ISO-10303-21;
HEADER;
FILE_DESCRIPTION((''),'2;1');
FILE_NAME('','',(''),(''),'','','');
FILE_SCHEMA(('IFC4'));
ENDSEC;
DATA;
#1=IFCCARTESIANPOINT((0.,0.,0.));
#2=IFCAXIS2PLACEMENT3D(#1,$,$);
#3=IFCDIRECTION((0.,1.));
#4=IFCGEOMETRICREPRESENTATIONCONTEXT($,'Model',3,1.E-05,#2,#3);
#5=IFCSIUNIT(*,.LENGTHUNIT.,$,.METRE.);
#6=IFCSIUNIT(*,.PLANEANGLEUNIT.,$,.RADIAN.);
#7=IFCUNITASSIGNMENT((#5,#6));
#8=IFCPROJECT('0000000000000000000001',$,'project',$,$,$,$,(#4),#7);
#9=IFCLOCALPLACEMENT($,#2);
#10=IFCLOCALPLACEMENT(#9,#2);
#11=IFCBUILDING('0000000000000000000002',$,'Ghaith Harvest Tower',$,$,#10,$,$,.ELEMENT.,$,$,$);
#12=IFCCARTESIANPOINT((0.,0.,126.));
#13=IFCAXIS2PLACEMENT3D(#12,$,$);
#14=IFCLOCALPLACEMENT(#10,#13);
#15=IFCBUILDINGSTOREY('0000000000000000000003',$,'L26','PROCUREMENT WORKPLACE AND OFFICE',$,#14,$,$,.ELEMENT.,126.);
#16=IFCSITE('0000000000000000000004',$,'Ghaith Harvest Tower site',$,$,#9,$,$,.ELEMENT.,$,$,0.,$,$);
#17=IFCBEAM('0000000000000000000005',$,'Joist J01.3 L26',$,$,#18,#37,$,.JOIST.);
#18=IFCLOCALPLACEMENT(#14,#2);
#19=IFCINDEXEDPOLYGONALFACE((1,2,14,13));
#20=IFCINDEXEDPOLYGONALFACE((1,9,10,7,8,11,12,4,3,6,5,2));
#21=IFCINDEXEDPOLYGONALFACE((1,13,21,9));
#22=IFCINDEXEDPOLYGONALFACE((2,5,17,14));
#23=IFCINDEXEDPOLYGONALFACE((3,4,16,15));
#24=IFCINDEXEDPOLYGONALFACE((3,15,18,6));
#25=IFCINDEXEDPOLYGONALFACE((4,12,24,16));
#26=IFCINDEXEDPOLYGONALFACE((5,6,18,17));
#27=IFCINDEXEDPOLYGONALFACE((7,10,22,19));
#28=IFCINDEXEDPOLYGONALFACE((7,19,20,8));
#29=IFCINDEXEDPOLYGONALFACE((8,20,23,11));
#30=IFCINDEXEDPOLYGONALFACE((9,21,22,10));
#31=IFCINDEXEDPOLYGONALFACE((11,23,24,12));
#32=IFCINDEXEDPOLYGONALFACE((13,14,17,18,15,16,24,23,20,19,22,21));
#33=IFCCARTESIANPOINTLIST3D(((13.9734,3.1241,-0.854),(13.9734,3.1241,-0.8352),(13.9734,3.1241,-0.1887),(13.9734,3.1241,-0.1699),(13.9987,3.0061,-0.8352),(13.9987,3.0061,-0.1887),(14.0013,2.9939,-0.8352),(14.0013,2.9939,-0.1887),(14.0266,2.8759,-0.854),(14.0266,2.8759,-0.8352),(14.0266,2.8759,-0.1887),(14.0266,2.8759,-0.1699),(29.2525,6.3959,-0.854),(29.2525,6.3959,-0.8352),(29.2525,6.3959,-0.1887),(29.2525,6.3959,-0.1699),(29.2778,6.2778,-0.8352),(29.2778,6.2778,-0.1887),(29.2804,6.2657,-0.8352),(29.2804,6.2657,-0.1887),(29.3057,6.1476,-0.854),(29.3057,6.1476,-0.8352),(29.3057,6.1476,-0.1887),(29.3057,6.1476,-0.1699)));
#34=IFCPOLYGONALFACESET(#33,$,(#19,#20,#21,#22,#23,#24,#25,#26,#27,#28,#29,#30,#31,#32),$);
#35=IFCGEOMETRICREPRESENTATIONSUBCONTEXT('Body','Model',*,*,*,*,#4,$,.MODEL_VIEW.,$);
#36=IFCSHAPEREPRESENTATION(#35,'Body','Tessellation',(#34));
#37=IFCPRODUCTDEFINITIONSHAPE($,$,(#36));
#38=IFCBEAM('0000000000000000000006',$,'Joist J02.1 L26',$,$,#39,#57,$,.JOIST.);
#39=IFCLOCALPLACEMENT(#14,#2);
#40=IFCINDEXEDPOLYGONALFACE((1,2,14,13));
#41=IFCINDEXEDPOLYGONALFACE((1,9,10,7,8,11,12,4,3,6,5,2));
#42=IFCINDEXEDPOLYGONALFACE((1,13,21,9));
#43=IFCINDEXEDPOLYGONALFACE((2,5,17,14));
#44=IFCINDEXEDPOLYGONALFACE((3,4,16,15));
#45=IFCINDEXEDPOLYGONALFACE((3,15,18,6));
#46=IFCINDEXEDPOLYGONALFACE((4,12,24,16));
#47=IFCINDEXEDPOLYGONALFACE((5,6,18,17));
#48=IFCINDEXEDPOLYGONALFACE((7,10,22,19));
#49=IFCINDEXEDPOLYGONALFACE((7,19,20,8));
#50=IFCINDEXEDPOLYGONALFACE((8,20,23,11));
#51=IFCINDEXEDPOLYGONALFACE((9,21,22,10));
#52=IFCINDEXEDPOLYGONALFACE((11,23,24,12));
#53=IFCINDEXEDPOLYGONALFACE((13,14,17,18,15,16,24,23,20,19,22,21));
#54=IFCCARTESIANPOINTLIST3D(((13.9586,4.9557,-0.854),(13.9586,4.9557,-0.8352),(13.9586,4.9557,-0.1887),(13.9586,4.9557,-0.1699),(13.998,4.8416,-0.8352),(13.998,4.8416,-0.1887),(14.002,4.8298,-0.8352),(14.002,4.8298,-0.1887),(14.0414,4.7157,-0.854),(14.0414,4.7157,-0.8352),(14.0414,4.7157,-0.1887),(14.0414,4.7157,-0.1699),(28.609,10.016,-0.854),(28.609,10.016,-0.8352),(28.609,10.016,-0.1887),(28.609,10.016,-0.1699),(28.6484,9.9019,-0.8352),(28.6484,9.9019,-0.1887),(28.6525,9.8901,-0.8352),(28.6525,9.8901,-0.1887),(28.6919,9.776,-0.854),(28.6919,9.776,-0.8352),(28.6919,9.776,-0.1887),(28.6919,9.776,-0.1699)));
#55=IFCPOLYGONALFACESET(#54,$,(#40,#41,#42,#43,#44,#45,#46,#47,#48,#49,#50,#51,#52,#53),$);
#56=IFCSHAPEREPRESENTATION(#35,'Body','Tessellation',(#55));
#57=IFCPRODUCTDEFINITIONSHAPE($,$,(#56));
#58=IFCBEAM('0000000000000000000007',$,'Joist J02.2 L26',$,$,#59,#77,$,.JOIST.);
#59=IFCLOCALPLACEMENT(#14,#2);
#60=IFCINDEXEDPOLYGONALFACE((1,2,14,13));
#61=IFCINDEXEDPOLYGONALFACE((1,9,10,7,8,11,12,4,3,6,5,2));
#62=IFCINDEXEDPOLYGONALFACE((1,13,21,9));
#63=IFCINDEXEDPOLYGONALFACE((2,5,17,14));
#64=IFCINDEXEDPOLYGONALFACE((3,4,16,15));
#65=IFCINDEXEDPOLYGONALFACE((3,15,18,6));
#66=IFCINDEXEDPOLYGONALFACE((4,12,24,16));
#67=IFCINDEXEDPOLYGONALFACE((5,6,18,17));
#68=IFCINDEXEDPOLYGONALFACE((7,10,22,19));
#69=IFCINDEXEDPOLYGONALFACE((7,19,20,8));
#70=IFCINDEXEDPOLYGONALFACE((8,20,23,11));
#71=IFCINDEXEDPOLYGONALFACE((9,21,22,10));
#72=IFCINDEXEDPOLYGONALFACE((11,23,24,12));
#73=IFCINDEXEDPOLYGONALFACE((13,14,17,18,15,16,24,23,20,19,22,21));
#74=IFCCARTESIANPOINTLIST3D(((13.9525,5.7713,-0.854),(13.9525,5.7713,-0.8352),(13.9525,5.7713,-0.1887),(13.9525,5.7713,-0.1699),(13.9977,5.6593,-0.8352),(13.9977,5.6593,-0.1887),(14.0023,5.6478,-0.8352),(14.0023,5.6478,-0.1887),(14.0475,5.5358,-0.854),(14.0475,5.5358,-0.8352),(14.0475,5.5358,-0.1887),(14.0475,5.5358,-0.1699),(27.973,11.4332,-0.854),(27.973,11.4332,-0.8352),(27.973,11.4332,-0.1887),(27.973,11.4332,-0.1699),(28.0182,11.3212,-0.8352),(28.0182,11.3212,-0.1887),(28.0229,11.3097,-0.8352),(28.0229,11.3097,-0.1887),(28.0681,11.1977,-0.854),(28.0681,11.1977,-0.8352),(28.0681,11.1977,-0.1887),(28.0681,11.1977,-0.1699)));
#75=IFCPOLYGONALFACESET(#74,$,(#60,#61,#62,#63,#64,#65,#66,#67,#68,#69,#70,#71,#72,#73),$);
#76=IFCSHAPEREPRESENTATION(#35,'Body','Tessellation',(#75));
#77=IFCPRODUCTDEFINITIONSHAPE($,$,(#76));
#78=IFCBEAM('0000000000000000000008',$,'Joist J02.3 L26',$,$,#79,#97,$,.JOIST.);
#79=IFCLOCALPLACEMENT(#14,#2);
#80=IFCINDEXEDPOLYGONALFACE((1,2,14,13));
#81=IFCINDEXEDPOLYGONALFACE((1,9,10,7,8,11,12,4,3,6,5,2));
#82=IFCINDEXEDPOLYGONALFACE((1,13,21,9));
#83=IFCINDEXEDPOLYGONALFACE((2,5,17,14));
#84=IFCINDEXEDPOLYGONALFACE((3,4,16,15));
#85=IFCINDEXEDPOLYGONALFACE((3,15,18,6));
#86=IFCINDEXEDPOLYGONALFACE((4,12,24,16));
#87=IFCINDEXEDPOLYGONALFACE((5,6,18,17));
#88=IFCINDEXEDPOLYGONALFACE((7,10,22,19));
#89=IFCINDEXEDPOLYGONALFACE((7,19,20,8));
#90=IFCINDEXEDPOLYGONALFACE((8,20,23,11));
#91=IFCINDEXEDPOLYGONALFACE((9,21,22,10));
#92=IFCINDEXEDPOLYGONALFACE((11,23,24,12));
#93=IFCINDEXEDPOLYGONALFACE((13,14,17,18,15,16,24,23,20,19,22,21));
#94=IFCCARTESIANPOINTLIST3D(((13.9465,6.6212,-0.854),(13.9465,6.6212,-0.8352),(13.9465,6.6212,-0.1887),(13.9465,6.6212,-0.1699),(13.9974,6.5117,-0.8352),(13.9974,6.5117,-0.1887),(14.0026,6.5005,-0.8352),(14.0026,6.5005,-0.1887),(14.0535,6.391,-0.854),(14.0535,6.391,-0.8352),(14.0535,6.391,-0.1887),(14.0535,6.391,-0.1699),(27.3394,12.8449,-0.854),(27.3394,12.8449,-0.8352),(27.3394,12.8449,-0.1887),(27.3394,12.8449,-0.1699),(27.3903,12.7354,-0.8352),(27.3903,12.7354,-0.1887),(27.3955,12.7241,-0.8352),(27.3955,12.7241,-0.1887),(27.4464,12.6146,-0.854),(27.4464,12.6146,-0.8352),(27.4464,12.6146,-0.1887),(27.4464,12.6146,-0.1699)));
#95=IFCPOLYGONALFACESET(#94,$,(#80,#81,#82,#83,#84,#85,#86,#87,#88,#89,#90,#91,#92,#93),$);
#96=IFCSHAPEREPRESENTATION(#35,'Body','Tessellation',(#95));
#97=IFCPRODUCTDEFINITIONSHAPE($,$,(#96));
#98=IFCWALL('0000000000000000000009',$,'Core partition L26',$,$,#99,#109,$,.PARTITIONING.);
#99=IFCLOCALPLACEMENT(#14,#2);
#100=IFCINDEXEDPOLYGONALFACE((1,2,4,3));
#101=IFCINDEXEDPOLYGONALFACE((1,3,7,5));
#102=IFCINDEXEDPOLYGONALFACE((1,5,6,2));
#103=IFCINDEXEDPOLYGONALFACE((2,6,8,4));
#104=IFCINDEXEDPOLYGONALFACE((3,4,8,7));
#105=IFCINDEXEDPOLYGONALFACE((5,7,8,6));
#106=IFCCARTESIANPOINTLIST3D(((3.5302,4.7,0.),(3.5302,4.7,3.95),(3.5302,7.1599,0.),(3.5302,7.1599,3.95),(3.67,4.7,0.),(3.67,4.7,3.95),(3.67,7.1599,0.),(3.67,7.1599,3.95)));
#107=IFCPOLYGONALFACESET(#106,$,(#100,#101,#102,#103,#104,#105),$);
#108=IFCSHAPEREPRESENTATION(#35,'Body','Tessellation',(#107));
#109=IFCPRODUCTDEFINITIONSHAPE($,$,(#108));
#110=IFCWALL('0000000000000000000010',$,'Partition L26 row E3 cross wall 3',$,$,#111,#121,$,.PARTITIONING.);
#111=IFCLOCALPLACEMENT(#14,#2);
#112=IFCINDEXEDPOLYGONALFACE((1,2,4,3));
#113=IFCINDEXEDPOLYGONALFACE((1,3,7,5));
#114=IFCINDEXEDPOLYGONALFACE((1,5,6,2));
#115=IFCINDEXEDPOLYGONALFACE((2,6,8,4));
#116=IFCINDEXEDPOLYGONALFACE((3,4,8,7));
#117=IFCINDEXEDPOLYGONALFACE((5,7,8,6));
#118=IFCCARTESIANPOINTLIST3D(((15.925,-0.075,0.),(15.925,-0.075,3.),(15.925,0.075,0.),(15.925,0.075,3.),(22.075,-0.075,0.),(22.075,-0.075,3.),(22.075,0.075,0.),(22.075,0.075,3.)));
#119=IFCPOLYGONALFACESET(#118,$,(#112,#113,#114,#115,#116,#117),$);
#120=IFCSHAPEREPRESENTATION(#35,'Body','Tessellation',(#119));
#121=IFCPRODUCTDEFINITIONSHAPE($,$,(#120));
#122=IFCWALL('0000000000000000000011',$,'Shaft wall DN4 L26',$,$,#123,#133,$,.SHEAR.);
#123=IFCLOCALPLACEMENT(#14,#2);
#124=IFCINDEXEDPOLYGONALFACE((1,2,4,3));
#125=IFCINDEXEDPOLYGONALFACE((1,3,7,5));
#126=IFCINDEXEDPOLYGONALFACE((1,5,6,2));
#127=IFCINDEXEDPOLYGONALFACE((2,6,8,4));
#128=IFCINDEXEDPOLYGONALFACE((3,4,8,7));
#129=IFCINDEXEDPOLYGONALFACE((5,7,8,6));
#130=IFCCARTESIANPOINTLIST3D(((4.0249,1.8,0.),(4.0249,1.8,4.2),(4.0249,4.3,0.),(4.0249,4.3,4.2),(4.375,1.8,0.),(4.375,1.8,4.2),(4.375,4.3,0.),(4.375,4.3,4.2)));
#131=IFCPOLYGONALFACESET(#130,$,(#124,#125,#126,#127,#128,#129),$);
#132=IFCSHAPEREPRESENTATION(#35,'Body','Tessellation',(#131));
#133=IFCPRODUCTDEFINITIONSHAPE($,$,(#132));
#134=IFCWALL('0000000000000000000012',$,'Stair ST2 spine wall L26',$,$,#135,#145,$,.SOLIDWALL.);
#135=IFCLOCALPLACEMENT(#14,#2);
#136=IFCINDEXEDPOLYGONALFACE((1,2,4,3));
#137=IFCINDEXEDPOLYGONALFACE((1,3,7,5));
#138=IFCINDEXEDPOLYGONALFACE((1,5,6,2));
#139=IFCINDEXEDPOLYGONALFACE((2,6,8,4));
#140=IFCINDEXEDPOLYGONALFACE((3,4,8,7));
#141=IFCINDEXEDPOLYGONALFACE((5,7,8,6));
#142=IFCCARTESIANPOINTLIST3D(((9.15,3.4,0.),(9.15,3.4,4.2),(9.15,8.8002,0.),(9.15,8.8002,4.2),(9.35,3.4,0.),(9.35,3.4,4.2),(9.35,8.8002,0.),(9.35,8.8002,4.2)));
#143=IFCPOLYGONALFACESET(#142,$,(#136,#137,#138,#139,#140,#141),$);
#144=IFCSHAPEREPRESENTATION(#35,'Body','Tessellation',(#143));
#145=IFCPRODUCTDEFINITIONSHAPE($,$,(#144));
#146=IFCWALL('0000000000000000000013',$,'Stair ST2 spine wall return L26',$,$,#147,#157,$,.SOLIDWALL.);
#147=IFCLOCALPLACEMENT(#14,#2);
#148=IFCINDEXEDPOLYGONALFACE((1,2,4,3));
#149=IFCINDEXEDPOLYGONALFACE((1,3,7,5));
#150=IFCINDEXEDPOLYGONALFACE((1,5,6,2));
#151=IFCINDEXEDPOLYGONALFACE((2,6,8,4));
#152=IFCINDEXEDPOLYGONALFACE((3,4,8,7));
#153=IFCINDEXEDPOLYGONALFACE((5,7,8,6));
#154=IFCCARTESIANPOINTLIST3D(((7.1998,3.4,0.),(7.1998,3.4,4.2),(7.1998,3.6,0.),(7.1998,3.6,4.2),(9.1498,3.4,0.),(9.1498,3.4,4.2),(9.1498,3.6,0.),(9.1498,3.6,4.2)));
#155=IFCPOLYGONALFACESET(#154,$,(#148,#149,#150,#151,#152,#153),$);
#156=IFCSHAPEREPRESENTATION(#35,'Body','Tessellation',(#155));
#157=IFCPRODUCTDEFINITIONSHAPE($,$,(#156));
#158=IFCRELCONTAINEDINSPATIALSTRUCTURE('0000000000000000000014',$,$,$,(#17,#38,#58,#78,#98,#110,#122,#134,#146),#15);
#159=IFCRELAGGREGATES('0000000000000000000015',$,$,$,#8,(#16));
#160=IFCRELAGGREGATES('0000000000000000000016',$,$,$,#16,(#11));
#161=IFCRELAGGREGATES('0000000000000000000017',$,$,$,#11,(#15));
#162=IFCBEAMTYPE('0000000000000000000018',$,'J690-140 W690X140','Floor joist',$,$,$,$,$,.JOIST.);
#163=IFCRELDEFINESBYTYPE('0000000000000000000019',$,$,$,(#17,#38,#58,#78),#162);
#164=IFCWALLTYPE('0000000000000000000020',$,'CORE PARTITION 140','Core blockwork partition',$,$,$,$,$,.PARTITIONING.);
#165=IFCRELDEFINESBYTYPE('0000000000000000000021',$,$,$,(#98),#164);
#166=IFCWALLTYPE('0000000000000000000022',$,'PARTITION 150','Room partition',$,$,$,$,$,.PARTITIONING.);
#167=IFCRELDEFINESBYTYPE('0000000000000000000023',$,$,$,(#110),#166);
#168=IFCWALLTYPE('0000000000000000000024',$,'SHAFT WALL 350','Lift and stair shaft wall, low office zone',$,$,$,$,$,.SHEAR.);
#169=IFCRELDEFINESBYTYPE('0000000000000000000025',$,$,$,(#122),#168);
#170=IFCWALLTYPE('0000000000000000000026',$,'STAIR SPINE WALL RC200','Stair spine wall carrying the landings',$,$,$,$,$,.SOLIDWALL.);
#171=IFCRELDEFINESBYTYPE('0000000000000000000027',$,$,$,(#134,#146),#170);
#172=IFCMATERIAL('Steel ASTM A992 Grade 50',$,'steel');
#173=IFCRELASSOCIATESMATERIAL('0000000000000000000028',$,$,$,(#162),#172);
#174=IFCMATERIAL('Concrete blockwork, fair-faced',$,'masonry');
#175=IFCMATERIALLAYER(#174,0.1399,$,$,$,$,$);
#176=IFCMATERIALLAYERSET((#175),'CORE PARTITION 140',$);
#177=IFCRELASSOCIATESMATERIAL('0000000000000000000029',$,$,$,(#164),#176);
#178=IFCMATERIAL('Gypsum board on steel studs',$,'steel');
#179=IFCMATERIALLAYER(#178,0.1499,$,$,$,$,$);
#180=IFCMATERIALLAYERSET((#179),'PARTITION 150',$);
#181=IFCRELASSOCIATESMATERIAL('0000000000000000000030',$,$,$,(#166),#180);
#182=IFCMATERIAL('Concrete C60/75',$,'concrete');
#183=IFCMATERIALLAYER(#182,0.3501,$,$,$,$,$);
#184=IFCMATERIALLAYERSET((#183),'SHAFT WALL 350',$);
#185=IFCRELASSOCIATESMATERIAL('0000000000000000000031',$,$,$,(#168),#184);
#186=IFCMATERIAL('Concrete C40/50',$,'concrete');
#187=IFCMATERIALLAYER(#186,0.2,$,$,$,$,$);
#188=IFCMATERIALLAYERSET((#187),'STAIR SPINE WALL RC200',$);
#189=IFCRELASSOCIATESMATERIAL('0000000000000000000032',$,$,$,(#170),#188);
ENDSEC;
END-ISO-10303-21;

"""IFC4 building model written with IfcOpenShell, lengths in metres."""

from ifc_helpers import new_model, si_unit, direction, frame, frame_2d, origin, origin_2d, place, context, subcontext, project, spatial, rectangle, i_section, extrude, material, layer, layer_set, material_profile, profile_set, type_object, element, save


model = new_model("IFC4")

# Units and contexts
model_context = context("Model", 3, precision=1e-05, world=origin(), true_north=direction((0.0, 1.0)))
body_context = subcontext(model_context, "Body", "Model", "MODEL_VIEW")
ifc_project = project(units=[si_unit("LENGTHUNIT", "METRE"), si_unit("PLANEANGLEUNIT", "RADIAN")], contexts=[model_context])

# Site, building, storey
site_placement = place(None, origin())
site = spatial("IfcSite", under=ifc_project, at=site_placement, Name="Ghaith Harvest Tower site", CompositionType="ELEMENT", RefElevation=0.0)
building_placement = place(site_placement, origin())
building = spatial("IfcBuilding", under=site, at=building_placement, Name="Ghaith Harvest Tower", CompositionType="ELEMENT")
storey_placement = place(building_placement, frame((0.0, 0.0, 126.0)))
storey = spatial("IfcBuildingStorey", under=building, at=storey_placement, Name="L26", Description="PROCUREMENT WORKPLACE AND OFFICE", CompositionType="ELEMENT", Elevation=126.0)

# Beams
ifc_material_1 = material(Name="Steel ASTM A992 Grade 50", Category="steel")
ifc_material_profile_1 = material_profile(ifc_material_1, i_section(OverallWidth=0.2539, OverallDepth=0.6841, WebThickness=0.0125, FlangeThickness=0.0188, at=origin_2d()), Name="W690X140")
ifc_profile_set_1 = profile_set([ifc_material_profile_1], Name="Steel ASTM A992 Grade 50")
beam_type_1 = type_object("IfcBeamType", Name="J690-140 W690X140", Description="Floor joist", PredefinedType="JOIST", material=ifc_profile_set_1)
beam_1_placement = place(storey_placement, frame((14.0, 3.0, -0.512), z_axis=(0.977833, 0.209385, 0.0), x_axis=(-0.209385, 0.977833, 0.0)))
element("IfcBeam", 1, at=beam_1_placement, inside=storey, type_object=beam_type_1, Name="Joist J01.3 L26", PredefinedType="JOIST", context=body_context, shape_type="SweptSolid", body=[
    extrude(i_section(OverallWidth=0.2539, OverallDepth=0.6841, WebThickness=0.0125, FlangeThickness=0.0188, at=origin_2d()), origin(), (0.0, 0.0, 1.0), 15.6255),
])
beam_2_placement = place(storey_placement, frame((14.0, 4.8357, -0.512), z_axis=(0.945205, 0.326478, 0.0), x_axis=(-0.326478, 0.945205, 0.0)))
element("IfcBeam", 2, at=beam_2_placement, inside=storey, type_object=beam_type_1, Name="Joist J02.1 L26", PredefinedType="JOIST", context=body_context, shape_type="SweptSolid", body=[
    extrude(i_section(OverallWidth=0.2539, OverallDepth=0.6841, WebThickness=0.0125, FlangeThickness=0.0188, at=origin_2d()), origin(), (0.0, 0.0, 1.0), 15.4998),
])
beam_3_placement = place(storey_placement, frame((14.0, 5.6536, -0.512), z_axis=(0.927248, 0.374448, 0.0), x_axis=(-0.374448, 0.927248, 0.0)))
element("IfcBeam", 3, at=beam_3_placement, inside=storey, type_object=beam_type_1, Name="Joist J02.2 L26", PredefinedType="JOIST", context=body_context, shape_type="SweptSolid", body=[
    extrude(i_section(OverallWidth=0.2539, OverallDepth=0.6841, WebThickness=0.0125, FlangeThickness=0.0188, at=origin_2d()), origin(), (0.0, 0.0, 1.0), 15.1206),
])
beam_4_placement = place(storey_placement, frame((14.0, 6.5061, -0.512), z_axis=(0.906866, 0.42142, 0.0), x_axis=(-0.42142, 0.906866, 0.0)))
element("IfcBeam", 4, at=beam_4_placement, inside=storey, type_object=beam_type_1, Name="Joist J02.3 L26", PredefinedType="JOIST", context=body_context, shape_type="SweptSolid", body=[
    extrude(i_section(OverallWidth=0.2539, OverallDepth=0.6841, WebThickness=0.0125, FlangeThickness=0.0188, at=origin_2d()), origin(), (0.0, 0.0, 1.0), 14.7683),
])

# Wall
ifc_material_2 = material(Name="Concrete blockwork, fair-faced", Category="masonry")
ifc_layer_1 = layer(ifc_material_2, 0.1399)
ifc_layer_set_1 = layer_set([ifc_layer_1], Name="CORE PARTITION 140")
wall_type_1 = type_object("IfcWallType", Name="CORE PARTITION 140", Description="Core blockwork partition", PredefinedType="PARTITIONING", material=ifc_layer_set_1)
wall_1_placement = place(storey_placement, frame((3.6001, 4.7, 0.0), z_axis=(0.0, 0.0, 1.0), x_axis=(0.0, 1.0, 0.0)))
element("IfcWall", 5, at=wall_1_placement, inside=storey, type_object=wall_type_1, Name="Core partition L26", PredefinedType="PARTITIONING", context=body_context, shape_type="SweptSolid", body=[
    extrude(rectangle(XDim=2.46, YDim=0.1399, at=frame_2d((1.23, 0.0))), origin(), (0.0, 0.0, 1.0), 3.95),
])

# Wall
ifc_material_3 = material(Name="Gypsum board on steel studs", Category="steel")
ifc_layer_2 = layer(ifc_material_3, 0.1499)
ifc_layer_set_2 = layer_set([ifc_layer_2], Name="PARTITION 150")
wall_type_2 = type_object("IfcWallType", Name="PARTITION 150", Description="Room partition", PredefinedType="PARTITIONING", material=ifc_layer_set_2)
wall_2_placement = place(storey_placement, frame((15.925, 0.0, 0.0), z_axis=(0.0, 0.0, 1.0), x_axis=(1.0, 0.0, 0.0)))
element("IfcWall", 6, at=wall_2_placement, inside=storey, type_object=wall_type_2, Name="Partition L26 row E3 cross wall 3", PredefinedType="PARTITIONING", context=body_context, shape_type="SweptSolid", body=[
    extrude(rectangle(XDim=6.1499, YDim=0.1499, at=frame_2d((3.075, 0.0))), origin(), (0.0, 0.0, 1.0), 3.0),
])

# Shared definitions
ifc_material_4 = material(Name="Concrete C60/75", Category="concrete")
ifc_layer_3 = layer(ifc_material_4, 0.3501)
ifc_layer_set_3 = layer_set([ifc_layer_3], Name="SHAFT WALL 350")
wall_type_3 = type_object("IfcWallType", Name="SHAFT WALL 350", Description="Lift and stair shaft wall, low office zone", PredefinedType="SHEAR", material=ifc_layer_set_3)

# Walls
wall_3_placement = place(storey_placement, frame((4.2, 1.8, 0.0), z_axis=(0.0, 0.0, 1.0), x_axis=(0.0, 1.0, 0.0)))
element("IfcWall", 7, at=wall_3_placement, inside=storey, type_object=wall_type_3, Name="Shaft wall DN4 L26", PredefinedType="SHEAR", context=body_context, shape_type="SweptSolid", body=[
    extrude(rectangle(XDim=2.5, YDim=0.3501, at=frame_2d((1.25, 0.0))), origin(), (0.0, 0.0, 1.0), 4.2),
])
ifc_material_5 = material(Name="Concrete C40/50", Category="concrete")
ifc_layer_4 = layer(ifc_material_5, 0.2)
ifc_layer_set_4 = layer_set([ifc_layer_4], Name="STAIR SPINE WALL RC200")
wall_type_4 = type_object("IfcWallType", Name="STAIR SPINE WALL RC200", Description="Stair spine wall carrying the landings", PredefinedType="SOLIDWALL", material=ifc_layer_set_4)
wall_4_placement = place(storey_placement, frame((9.25, 3.3999, 0.0), z_axis=(0.0, 0.0, 1.0), x_axis=(0.0, 1.0, 0.0)))
element("IfcWall", 8, at=wall_4_placement, inside=storey, type_object=wall_type_4, Name="Stair ST2 spine wall L26", PredefinedType="SOLIDWALL", context=body_context, shape_type="SweptSolid", body=[
    extrude(rectangle(XDim=5.4001, YDim=0.2, at=frame_2d((2.7002, 0.0))), origin(), (0.0, 0.0, 1.0), 4.2),
])
wall_5_placement = place(storey_placement, frame((9.1499, 3.5, 0.0), z_axis=(0.0, 0.0, 1.0), x_axis=(-1.0, 0.0, 0.0)))
element("IfcWall", 9, at=wall_5_placement, inside=storey, type_object=wall_type_4, Name="Stair ST2 spine wall return L26", PredefinedType="SOLIDWALL", context=body_context, shape_type="SweptSolid", body=[
    extrude(rectangle(XDim=1.95, YDim=0.2, at=frame_2d((0.9751, 0.0))), origin(), (0.0, 0.0, 1.0), 4.2),
])

save(model, "model.ifc")
